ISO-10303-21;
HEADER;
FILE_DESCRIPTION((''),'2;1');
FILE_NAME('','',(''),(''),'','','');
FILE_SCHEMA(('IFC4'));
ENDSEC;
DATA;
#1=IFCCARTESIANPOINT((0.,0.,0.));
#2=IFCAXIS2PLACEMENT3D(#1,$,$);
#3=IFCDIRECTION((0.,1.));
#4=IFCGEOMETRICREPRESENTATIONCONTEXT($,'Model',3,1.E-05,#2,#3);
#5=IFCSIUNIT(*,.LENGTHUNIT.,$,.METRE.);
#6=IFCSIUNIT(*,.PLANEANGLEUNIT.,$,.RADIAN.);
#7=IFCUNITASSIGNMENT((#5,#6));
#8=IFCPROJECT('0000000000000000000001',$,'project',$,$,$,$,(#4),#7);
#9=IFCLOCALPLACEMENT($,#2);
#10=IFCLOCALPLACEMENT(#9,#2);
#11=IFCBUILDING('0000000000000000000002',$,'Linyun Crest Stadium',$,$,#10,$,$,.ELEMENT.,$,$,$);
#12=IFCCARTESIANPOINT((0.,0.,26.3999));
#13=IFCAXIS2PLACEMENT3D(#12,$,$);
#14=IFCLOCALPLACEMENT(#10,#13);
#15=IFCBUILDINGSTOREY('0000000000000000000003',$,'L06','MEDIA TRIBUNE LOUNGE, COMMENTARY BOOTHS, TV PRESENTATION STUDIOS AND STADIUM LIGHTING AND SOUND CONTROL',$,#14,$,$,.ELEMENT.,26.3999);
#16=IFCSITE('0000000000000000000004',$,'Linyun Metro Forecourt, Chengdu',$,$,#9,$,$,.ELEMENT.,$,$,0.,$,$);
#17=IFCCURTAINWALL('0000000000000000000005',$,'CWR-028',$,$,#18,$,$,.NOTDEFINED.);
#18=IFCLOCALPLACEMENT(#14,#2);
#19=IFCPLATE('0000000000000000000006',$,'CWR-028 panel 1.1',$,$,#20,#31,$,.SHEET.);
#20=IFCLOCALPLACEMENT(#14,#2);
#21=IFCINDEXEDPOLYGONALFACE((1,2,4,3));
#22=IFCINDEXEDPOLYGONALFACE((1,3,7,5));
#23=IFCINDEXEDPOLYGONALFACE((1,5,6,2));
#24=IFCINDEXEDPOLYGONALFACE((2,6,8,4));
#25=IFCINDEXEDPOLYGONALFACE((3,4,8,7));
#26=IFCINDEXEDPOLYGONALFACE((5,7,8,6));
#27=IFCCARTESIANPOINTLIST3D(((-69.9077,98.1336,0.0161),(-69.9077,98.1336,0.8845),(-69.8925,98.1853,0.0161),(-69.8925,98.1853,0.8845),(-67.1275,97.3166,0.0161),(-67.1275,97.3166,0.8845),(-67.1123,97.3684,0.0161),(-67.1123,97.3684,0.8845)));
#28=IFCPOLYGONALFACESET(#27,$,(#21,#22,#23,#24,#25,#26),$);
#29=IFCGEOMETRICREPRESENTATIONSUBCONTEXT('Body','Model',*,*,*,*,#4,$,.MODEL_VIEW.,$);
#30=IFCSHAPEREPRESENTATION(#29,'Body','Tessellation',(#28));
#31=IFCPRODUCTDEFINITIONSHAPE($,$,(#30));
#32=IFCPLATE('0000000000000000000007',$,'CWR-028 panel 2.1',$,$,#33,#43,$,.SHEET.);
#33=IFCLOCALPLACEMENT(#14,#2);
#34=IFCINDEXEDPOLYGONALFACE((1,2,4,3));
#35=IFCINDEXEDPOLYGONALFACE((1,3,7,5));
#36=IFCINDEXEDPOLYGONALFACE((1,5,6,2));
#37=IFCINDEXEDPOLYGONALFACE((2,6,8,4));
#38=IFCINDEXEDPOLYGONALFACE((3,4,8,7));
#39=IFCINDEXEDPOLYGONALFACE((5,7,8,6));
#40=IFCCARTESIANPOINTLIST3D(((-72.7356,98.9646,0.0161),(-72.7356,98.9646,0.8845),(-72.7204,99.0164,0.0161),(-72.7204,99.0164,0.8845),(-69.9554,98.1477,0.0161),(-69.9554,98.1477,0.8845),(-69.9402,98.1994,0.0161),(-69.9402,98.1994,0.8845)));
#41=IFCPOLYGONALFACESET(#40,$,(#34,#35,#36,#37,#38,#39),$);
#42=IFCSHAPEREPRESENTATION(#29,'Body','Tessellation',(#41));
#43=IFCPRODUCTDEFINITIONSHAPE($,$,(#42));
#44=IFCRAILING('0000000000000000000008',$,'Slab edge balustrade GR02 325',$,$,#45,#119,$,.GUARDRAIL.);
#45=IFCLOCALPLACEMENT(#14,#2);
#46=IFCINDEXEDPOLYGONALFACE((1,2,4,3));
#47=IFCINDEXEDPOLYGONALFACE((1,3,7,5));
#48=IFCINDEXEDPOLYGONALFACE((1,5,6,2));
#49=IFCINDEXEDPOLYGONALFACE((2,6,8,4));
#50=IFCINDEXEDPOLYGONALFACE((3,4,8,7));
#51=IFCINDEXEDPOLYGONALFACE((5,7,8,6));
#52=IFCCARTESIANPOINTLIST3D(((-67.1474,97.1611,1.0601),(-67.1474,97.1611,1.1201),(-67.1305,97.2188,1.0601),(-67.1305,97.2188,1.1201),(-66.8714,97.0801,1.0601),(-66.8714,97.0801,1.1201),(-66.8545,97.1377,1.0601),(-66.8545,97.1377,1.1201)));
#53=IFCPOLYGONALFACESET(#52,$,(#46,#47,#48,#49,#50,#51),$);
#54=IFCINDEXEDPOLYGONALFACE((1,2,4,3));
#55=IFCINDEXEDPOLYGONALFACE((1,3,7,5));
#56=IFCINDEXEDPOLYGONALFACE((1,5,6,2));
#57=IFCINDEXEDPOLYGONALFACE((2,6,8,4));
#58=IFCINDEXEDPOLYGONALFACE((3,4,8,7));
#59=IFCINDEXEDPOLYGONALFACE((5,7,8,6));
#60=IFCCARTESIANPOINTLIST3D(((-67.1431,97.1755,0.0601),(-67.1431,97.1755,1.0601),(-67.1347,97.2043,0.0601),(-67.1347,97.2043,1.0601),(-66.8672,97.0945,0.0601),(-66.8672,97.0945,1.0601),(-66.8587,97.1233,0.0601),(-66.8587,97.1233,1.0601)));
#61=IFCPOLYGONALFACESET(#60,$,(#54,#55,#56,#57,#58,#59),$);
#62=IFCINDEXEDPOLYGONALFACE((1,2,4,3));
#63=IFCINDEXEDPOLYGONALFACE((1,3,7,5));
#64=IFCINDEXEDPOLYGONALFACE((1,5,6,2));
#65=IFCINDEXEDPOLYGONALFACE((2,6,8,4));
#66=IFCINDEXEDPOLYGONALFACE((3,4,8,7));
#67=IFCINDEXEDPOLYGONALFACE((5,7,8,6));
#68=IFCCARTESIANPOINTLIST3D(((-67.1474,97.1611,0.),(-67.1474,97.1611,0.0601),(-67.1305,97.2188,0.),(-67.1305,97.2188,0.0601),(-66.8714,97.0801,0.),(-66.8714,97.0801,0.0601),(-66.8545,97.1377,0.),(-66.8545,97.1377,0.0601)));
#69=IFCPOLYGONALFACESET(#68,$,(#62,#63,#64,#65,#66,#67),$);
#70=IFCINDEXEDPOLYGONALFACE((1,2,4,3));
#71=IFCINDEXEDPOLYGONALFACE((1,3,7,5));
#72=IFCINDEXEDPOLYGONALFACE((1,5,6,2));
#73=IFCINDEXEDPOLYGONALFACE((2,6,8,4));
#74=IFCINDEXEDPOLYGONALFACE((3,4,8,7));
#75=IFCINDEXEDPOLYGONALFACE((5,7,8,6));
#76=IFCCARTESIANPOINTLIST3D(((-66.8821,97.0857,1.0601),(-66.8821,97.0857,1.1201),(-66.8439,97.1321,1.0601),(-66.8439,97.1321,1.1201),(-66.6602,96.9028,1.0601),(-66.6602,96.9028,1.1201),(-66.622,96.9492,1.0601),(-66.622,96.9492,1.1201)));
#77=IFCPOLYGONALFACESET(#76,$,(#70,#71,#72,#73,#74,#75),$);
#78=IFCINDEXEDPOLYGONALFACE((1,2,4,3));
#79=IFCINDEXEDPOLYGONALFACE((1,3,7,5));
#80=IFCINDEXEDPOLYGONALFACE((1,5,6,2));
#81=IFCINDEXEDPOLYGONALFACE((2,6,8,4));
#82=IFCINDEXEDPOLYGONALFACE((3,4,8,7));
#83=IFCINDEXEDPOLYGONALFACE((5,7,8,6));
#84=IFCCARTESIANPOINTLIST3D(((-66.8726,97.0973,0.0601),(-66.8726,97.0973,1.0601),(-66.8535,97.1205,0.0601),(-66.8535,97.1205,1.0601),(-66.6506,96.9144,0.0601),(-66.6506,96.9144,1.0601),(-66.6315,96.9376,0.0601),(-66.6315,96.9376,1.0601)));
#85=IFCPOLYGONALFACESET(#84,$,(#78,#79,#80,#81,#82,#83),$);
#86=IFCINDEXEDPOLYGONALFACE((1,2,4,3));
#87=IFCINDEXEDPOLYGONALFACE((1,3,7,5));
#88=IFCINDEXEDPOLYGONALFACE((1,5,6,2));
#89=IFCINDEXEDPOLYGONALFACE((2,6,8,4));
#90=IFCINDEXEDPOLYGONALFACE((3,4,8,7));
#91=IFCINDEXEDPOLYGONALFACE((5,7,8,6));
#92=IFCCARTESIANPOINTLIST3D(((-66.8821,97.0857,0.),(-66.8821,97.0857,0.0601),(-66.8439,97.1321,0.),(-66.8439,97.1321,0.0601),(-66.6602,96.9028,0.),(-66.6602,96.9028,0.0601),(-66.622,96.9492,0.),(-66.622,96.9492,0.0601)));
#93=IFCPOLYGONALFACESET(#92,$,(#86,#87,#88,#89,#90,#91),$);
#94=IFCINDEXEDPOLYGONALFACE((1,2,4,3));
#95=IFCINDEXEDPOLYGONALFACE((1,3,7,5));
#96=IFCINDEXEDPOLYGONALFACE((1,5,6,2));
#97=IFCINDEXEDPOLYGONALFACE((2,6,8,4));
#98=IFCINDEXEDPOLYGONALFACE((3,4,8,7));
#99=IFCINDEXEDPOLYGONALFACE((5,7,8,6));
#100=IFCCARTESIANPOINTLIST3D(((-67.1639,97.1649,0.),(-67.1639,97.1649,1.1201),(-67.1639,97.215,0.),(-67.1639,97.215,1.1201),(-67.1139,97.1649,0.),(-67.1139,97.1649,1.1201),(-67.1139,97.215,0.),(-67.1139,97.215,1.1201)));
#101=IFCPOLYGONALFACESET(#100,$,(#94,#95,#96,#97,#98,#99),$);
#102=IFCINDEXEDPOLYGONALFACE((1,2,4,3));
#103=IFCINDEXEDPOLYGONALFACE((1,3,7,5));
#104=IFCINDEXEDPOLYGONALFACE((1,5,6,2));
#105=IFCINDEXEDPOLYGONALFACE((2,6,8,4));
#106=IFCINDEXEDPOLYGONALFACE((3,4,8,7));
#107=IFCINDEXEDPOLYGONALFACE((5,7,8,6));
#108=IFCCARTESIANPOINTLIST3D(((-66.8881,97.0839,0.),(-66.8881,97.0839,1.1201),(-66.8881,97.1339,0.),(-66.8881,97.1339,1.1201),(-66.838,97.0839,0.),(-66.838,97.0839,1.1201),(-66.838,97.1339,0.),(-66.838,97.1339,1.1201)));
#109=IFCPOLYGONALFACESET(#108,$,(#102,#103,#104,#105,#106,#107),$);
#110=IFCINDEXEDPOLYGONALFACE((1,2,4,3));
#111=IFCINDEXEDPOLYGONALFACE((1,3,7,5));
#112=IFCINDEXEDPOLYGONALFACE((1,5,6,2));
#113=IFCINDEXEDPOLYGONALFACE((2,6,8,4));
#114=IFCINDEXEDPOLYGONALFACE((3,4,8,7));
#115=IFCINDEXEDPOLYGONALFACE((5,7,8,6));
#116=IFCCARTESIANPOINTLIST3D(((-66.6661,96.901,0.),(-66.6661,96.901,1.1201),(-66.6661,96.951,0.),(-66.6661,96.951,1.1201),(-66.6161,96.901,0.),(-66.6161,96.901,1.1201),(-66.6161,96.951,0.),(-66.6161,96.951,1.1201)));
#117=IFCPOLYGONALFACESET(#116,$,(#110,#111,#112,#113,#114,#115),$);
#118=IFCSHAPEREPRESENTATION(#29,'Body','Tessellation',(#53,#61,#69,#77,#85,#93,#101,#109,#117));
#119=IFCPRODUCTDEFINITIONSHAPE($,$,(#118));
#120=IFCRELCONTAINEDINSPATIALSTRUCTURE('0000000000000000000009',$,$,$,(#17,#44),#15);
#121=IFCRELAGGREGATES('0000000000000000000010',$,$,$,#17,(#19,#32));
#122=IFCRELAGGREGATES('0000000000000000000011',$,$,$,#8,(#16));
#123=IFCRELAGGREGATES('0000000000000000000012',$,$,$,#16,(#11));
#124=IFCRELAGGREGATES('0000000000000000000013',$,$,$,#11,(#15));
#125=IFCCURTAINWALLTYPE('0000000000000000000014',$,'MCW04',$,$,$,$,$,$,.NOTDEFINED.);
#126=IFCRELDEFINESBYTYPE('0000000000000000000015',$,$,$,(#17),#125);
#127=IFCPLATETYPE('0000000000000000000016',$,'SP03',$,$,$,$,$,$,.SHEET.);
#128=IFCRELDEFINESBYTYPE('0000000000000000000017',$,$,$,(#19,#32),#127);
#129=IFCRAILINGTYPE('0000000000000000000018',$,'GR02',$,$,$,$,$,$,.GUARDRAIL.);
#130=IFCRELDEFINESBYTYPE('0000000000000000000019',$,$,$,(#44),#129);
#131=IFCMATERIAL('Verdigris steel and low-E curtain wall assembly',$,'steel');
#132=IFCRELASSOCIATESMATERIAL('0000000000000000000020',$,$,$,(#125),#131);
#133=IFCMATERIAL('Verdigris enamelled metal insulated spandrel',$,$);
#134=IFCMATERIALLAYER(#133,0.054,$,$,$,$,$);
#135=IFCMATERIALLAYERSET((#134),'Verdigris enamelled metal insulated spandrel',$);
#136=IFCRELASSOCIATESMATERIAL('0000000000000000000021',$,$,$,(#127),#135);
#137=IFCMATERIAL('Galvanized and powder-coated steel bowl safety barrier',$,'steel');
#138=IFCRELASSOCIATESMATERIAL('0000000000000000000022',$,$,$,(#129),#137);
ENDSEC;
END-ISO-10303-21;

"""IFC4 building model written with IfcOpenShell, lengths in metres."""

from ifc_helpers import new_model, si_unit, direction, frame, origin, origin_2d, place, context, subcontext, project, spatial, rectangle, extrude, material, layer, layer_set, type_object, element, aggregate, save


model = new_model("IFC4")

# Units and contexts
model_context = context("Model", 3, precision=1e-05, world=origin(), true_north=direction((0.0, 1.0)))
body_context = subcontext(model_context, "Body", "Model", "MODEL_VIEW")
ifc_project = project(units=[si_unit("LENGTHUNIT", "METRE"), si_unit("PLANEANGLEUNIT", "RADIAN")], contexts=[model_context])

# Site, building, storey
site_placement = place(None, origin())
site = spatial("IfcSite", under=ifc_project, at=site_placement, Name="Linyun Metro Forecourt, Chengdu", CompositionType="ELEMENT", RefElevation=0.0)
building_placement = place(site_placement, origin())
building = spatial("IfcBuilding", under=site, at=building_placement, Name="Linyun Crest Stadium", CompositionType="ELEMENT")
storey_placement = place(building_placement, frame((0.0, 0.0, 26.3999)))
storey = spatial("IfcBuildingStorey", under=building, at=storey_placement, Name="L06", Description="MEDIA TRIBUNE LOUNGE, COMMENTARY BOOTHS, TV PRESENTATION STUDIOS AND STADIUM LIGHTING AND SOUND CONTROL", CompositionType="ELEMENT", Elevation=26.3999)

# Curtain wall
ifc_material_1 = material(Name="Verdigris steel and low-E curtain wall assembly", Category="steel")
curtain_wall_type = type_object("IfcCurtainWallType", Name="MCW04", PredefinedType="NOTDEFINED", material=ifc_material_1)
curtain_wall_1_placement = place(storey_placement, origin())
curtain_wall_1 = element("IfcCurtainWall", 1, at=curtain_wall_1_placement, inside=storey, type_object=curtain_wall_type, Name="CWR-028", PredefinedType="NOTDEFINED")

# Plates
ifc_material_2 = material(Name="Verdigris enamelled metal insulated spandrel")
ifc_layer_1 = layer(ifc_material_2, 0.054)
ifc_layer_set_1 = layer_set([ifc_layer_1], Name="Verdigris enamelled metal insulated spandrel")
plate_type_1 = type_object("IfcPlateType", Name="SP03", PredefinedType="SHEET", material=ifc_layer_set_1)
plate_1_placement = place(storey_placement, frame((-68.51, 97.751, 0.0161), z_axis=(0.0, 0.0, 1.0), x_axis=(-0.959437, 0.281923, 0.0)))
plate_1 = element("IfcPlate", 2, at=plate_1_placement, type_object=plate_type_1, Name="CWR-028 panel 1.1", PredefinedType="SHEET", context=body_context, shape_type="SweptSolid", body=[
    extrude(rectangle(XDim=2.8977, YDim=0.054, at=origin_2d()), origin(), (0.0, 0.0, 1.0), 0.8684),
])
plate_2_placement = place(storey_placement, frame((-71.3379, 98.582, 0.0161), z_axis=(0.0, 0.0, 1.0), x_axis=(-0.959437, 0.281923, 0.0)))
plate_2 = element("IfcPlate", 3, at=plate_2_placement, type_object=plate_type_1, Name="CWR-028 panel 2.1", PredefinedType="SHEET", context=body_context, shape_type="SweptSolid", body=[
    extrude(rectangle(XDim=2.8977, YDim=0.054, at=origin_2d()), origin(), (0.0, 0.0, 1.0), 0.8684),
])
aggregate(curtain_wall_1, [plate_1, plate_2])

# Railing
ifc_material_3 = material(Name="Galvanized and powder-coated steel bowl safety barrier", Category="steel")
railing_type = type_object("IfcRailingType", Name="GR02", PredefinedType="GUARDRAIL", material=ifc_material_3)
railing_placement = place(storey_placement, frame((-67.1389, 97.1899, 0.0)))
element("IfcRailing", 4, at=railing_placement, inside=storey, type_object=railing_type, Name="Slab edge balustrade GR02 325", PredefinedType="GUARDRAIL", context=body_context, shape_type="SweptSolid", body=[
    extrude(rectangle(XDim=0.0601, YDim=0.0601, at=origin_2d()), frame((0.0, 0.0, 1.0901), z_axis=(0.959447, -0.281891, 0.0), x_axis=(0.281891, 0.959447, 0.0)), (0.0, 0.0, 1.0), 0.2876),
    extrude(rectangle(XDim=0.03, YDim=1.0, at=origin_2d()), frame((0.0, 0.0, 0.5601), z_axis=(0.959447, -0.281891, 0.0), x_axis=(0.281891, 0.959447, 0.0)), (0.0, 0.0, 1.0), 0.2876),
    extrude(rectangle(XDim=0.0601, YDim=0.0601, at=origin_2d()), frame((0.0, 0.0, 0.03), z_axis=(0.959447, -0.281891, 0.0), x_axis=(0.281891, 0.959447, 0.0)), (0.0, 0.0, 1.0), 0.2876),
    extrude(rectangle(XDim=0.0601, YDim=0.0601, at=origin_2d()), frame((0.2759, -0.0811, 1.0901), z_axis=(0.771759, -0.635916, 0.0), x_axis=(0.635916, 0.771759, 0.0)), (0.0, 0.0, 1.0), 0.2876),
    extrude(rectangle(XDim=0.03, YDim=1.0, at=origin_2d()), frame((0.2759, -0.0811, 0.5601), z_axis=(0.771759, -0.635916, 0.0), x_axis=(0.635916, 0.771759, 0.0)), (0.0, 0.0, 1.0), 0.2876),
    extrude(rectangle(XDim=0.0601, YDim=0.0601, at=origin_2d()), frame((0.2759, -0.0811, 0.03), z_axis=(0.771759, -0.635916, 0.0), x_axis=(0.635916, 0.771759, 0.0)), (0.0, 0.0, 1.0), 0.2876),
    extrude(rectangle(XDim=0.05, YDim=0.05, at=origin_2d()), origin(), (0.0, 0.0, 1.0), 1.1201),
    extrude(rectangle(XDim=0.05, YDim=0.05, at=origin_2d()), frame((0.2759, -0.0811, 0.0)), (0.0, 0.0, 1.0), 1.1201),
    extrude(rectangle(XDim=0.05, YDim=0.05, at=origin_2d()), frame((0.4978, -0.2639, 0.0)), (0.0, 0.0, 1.0), 1.1201),
])

save(model, "model.ifc")
